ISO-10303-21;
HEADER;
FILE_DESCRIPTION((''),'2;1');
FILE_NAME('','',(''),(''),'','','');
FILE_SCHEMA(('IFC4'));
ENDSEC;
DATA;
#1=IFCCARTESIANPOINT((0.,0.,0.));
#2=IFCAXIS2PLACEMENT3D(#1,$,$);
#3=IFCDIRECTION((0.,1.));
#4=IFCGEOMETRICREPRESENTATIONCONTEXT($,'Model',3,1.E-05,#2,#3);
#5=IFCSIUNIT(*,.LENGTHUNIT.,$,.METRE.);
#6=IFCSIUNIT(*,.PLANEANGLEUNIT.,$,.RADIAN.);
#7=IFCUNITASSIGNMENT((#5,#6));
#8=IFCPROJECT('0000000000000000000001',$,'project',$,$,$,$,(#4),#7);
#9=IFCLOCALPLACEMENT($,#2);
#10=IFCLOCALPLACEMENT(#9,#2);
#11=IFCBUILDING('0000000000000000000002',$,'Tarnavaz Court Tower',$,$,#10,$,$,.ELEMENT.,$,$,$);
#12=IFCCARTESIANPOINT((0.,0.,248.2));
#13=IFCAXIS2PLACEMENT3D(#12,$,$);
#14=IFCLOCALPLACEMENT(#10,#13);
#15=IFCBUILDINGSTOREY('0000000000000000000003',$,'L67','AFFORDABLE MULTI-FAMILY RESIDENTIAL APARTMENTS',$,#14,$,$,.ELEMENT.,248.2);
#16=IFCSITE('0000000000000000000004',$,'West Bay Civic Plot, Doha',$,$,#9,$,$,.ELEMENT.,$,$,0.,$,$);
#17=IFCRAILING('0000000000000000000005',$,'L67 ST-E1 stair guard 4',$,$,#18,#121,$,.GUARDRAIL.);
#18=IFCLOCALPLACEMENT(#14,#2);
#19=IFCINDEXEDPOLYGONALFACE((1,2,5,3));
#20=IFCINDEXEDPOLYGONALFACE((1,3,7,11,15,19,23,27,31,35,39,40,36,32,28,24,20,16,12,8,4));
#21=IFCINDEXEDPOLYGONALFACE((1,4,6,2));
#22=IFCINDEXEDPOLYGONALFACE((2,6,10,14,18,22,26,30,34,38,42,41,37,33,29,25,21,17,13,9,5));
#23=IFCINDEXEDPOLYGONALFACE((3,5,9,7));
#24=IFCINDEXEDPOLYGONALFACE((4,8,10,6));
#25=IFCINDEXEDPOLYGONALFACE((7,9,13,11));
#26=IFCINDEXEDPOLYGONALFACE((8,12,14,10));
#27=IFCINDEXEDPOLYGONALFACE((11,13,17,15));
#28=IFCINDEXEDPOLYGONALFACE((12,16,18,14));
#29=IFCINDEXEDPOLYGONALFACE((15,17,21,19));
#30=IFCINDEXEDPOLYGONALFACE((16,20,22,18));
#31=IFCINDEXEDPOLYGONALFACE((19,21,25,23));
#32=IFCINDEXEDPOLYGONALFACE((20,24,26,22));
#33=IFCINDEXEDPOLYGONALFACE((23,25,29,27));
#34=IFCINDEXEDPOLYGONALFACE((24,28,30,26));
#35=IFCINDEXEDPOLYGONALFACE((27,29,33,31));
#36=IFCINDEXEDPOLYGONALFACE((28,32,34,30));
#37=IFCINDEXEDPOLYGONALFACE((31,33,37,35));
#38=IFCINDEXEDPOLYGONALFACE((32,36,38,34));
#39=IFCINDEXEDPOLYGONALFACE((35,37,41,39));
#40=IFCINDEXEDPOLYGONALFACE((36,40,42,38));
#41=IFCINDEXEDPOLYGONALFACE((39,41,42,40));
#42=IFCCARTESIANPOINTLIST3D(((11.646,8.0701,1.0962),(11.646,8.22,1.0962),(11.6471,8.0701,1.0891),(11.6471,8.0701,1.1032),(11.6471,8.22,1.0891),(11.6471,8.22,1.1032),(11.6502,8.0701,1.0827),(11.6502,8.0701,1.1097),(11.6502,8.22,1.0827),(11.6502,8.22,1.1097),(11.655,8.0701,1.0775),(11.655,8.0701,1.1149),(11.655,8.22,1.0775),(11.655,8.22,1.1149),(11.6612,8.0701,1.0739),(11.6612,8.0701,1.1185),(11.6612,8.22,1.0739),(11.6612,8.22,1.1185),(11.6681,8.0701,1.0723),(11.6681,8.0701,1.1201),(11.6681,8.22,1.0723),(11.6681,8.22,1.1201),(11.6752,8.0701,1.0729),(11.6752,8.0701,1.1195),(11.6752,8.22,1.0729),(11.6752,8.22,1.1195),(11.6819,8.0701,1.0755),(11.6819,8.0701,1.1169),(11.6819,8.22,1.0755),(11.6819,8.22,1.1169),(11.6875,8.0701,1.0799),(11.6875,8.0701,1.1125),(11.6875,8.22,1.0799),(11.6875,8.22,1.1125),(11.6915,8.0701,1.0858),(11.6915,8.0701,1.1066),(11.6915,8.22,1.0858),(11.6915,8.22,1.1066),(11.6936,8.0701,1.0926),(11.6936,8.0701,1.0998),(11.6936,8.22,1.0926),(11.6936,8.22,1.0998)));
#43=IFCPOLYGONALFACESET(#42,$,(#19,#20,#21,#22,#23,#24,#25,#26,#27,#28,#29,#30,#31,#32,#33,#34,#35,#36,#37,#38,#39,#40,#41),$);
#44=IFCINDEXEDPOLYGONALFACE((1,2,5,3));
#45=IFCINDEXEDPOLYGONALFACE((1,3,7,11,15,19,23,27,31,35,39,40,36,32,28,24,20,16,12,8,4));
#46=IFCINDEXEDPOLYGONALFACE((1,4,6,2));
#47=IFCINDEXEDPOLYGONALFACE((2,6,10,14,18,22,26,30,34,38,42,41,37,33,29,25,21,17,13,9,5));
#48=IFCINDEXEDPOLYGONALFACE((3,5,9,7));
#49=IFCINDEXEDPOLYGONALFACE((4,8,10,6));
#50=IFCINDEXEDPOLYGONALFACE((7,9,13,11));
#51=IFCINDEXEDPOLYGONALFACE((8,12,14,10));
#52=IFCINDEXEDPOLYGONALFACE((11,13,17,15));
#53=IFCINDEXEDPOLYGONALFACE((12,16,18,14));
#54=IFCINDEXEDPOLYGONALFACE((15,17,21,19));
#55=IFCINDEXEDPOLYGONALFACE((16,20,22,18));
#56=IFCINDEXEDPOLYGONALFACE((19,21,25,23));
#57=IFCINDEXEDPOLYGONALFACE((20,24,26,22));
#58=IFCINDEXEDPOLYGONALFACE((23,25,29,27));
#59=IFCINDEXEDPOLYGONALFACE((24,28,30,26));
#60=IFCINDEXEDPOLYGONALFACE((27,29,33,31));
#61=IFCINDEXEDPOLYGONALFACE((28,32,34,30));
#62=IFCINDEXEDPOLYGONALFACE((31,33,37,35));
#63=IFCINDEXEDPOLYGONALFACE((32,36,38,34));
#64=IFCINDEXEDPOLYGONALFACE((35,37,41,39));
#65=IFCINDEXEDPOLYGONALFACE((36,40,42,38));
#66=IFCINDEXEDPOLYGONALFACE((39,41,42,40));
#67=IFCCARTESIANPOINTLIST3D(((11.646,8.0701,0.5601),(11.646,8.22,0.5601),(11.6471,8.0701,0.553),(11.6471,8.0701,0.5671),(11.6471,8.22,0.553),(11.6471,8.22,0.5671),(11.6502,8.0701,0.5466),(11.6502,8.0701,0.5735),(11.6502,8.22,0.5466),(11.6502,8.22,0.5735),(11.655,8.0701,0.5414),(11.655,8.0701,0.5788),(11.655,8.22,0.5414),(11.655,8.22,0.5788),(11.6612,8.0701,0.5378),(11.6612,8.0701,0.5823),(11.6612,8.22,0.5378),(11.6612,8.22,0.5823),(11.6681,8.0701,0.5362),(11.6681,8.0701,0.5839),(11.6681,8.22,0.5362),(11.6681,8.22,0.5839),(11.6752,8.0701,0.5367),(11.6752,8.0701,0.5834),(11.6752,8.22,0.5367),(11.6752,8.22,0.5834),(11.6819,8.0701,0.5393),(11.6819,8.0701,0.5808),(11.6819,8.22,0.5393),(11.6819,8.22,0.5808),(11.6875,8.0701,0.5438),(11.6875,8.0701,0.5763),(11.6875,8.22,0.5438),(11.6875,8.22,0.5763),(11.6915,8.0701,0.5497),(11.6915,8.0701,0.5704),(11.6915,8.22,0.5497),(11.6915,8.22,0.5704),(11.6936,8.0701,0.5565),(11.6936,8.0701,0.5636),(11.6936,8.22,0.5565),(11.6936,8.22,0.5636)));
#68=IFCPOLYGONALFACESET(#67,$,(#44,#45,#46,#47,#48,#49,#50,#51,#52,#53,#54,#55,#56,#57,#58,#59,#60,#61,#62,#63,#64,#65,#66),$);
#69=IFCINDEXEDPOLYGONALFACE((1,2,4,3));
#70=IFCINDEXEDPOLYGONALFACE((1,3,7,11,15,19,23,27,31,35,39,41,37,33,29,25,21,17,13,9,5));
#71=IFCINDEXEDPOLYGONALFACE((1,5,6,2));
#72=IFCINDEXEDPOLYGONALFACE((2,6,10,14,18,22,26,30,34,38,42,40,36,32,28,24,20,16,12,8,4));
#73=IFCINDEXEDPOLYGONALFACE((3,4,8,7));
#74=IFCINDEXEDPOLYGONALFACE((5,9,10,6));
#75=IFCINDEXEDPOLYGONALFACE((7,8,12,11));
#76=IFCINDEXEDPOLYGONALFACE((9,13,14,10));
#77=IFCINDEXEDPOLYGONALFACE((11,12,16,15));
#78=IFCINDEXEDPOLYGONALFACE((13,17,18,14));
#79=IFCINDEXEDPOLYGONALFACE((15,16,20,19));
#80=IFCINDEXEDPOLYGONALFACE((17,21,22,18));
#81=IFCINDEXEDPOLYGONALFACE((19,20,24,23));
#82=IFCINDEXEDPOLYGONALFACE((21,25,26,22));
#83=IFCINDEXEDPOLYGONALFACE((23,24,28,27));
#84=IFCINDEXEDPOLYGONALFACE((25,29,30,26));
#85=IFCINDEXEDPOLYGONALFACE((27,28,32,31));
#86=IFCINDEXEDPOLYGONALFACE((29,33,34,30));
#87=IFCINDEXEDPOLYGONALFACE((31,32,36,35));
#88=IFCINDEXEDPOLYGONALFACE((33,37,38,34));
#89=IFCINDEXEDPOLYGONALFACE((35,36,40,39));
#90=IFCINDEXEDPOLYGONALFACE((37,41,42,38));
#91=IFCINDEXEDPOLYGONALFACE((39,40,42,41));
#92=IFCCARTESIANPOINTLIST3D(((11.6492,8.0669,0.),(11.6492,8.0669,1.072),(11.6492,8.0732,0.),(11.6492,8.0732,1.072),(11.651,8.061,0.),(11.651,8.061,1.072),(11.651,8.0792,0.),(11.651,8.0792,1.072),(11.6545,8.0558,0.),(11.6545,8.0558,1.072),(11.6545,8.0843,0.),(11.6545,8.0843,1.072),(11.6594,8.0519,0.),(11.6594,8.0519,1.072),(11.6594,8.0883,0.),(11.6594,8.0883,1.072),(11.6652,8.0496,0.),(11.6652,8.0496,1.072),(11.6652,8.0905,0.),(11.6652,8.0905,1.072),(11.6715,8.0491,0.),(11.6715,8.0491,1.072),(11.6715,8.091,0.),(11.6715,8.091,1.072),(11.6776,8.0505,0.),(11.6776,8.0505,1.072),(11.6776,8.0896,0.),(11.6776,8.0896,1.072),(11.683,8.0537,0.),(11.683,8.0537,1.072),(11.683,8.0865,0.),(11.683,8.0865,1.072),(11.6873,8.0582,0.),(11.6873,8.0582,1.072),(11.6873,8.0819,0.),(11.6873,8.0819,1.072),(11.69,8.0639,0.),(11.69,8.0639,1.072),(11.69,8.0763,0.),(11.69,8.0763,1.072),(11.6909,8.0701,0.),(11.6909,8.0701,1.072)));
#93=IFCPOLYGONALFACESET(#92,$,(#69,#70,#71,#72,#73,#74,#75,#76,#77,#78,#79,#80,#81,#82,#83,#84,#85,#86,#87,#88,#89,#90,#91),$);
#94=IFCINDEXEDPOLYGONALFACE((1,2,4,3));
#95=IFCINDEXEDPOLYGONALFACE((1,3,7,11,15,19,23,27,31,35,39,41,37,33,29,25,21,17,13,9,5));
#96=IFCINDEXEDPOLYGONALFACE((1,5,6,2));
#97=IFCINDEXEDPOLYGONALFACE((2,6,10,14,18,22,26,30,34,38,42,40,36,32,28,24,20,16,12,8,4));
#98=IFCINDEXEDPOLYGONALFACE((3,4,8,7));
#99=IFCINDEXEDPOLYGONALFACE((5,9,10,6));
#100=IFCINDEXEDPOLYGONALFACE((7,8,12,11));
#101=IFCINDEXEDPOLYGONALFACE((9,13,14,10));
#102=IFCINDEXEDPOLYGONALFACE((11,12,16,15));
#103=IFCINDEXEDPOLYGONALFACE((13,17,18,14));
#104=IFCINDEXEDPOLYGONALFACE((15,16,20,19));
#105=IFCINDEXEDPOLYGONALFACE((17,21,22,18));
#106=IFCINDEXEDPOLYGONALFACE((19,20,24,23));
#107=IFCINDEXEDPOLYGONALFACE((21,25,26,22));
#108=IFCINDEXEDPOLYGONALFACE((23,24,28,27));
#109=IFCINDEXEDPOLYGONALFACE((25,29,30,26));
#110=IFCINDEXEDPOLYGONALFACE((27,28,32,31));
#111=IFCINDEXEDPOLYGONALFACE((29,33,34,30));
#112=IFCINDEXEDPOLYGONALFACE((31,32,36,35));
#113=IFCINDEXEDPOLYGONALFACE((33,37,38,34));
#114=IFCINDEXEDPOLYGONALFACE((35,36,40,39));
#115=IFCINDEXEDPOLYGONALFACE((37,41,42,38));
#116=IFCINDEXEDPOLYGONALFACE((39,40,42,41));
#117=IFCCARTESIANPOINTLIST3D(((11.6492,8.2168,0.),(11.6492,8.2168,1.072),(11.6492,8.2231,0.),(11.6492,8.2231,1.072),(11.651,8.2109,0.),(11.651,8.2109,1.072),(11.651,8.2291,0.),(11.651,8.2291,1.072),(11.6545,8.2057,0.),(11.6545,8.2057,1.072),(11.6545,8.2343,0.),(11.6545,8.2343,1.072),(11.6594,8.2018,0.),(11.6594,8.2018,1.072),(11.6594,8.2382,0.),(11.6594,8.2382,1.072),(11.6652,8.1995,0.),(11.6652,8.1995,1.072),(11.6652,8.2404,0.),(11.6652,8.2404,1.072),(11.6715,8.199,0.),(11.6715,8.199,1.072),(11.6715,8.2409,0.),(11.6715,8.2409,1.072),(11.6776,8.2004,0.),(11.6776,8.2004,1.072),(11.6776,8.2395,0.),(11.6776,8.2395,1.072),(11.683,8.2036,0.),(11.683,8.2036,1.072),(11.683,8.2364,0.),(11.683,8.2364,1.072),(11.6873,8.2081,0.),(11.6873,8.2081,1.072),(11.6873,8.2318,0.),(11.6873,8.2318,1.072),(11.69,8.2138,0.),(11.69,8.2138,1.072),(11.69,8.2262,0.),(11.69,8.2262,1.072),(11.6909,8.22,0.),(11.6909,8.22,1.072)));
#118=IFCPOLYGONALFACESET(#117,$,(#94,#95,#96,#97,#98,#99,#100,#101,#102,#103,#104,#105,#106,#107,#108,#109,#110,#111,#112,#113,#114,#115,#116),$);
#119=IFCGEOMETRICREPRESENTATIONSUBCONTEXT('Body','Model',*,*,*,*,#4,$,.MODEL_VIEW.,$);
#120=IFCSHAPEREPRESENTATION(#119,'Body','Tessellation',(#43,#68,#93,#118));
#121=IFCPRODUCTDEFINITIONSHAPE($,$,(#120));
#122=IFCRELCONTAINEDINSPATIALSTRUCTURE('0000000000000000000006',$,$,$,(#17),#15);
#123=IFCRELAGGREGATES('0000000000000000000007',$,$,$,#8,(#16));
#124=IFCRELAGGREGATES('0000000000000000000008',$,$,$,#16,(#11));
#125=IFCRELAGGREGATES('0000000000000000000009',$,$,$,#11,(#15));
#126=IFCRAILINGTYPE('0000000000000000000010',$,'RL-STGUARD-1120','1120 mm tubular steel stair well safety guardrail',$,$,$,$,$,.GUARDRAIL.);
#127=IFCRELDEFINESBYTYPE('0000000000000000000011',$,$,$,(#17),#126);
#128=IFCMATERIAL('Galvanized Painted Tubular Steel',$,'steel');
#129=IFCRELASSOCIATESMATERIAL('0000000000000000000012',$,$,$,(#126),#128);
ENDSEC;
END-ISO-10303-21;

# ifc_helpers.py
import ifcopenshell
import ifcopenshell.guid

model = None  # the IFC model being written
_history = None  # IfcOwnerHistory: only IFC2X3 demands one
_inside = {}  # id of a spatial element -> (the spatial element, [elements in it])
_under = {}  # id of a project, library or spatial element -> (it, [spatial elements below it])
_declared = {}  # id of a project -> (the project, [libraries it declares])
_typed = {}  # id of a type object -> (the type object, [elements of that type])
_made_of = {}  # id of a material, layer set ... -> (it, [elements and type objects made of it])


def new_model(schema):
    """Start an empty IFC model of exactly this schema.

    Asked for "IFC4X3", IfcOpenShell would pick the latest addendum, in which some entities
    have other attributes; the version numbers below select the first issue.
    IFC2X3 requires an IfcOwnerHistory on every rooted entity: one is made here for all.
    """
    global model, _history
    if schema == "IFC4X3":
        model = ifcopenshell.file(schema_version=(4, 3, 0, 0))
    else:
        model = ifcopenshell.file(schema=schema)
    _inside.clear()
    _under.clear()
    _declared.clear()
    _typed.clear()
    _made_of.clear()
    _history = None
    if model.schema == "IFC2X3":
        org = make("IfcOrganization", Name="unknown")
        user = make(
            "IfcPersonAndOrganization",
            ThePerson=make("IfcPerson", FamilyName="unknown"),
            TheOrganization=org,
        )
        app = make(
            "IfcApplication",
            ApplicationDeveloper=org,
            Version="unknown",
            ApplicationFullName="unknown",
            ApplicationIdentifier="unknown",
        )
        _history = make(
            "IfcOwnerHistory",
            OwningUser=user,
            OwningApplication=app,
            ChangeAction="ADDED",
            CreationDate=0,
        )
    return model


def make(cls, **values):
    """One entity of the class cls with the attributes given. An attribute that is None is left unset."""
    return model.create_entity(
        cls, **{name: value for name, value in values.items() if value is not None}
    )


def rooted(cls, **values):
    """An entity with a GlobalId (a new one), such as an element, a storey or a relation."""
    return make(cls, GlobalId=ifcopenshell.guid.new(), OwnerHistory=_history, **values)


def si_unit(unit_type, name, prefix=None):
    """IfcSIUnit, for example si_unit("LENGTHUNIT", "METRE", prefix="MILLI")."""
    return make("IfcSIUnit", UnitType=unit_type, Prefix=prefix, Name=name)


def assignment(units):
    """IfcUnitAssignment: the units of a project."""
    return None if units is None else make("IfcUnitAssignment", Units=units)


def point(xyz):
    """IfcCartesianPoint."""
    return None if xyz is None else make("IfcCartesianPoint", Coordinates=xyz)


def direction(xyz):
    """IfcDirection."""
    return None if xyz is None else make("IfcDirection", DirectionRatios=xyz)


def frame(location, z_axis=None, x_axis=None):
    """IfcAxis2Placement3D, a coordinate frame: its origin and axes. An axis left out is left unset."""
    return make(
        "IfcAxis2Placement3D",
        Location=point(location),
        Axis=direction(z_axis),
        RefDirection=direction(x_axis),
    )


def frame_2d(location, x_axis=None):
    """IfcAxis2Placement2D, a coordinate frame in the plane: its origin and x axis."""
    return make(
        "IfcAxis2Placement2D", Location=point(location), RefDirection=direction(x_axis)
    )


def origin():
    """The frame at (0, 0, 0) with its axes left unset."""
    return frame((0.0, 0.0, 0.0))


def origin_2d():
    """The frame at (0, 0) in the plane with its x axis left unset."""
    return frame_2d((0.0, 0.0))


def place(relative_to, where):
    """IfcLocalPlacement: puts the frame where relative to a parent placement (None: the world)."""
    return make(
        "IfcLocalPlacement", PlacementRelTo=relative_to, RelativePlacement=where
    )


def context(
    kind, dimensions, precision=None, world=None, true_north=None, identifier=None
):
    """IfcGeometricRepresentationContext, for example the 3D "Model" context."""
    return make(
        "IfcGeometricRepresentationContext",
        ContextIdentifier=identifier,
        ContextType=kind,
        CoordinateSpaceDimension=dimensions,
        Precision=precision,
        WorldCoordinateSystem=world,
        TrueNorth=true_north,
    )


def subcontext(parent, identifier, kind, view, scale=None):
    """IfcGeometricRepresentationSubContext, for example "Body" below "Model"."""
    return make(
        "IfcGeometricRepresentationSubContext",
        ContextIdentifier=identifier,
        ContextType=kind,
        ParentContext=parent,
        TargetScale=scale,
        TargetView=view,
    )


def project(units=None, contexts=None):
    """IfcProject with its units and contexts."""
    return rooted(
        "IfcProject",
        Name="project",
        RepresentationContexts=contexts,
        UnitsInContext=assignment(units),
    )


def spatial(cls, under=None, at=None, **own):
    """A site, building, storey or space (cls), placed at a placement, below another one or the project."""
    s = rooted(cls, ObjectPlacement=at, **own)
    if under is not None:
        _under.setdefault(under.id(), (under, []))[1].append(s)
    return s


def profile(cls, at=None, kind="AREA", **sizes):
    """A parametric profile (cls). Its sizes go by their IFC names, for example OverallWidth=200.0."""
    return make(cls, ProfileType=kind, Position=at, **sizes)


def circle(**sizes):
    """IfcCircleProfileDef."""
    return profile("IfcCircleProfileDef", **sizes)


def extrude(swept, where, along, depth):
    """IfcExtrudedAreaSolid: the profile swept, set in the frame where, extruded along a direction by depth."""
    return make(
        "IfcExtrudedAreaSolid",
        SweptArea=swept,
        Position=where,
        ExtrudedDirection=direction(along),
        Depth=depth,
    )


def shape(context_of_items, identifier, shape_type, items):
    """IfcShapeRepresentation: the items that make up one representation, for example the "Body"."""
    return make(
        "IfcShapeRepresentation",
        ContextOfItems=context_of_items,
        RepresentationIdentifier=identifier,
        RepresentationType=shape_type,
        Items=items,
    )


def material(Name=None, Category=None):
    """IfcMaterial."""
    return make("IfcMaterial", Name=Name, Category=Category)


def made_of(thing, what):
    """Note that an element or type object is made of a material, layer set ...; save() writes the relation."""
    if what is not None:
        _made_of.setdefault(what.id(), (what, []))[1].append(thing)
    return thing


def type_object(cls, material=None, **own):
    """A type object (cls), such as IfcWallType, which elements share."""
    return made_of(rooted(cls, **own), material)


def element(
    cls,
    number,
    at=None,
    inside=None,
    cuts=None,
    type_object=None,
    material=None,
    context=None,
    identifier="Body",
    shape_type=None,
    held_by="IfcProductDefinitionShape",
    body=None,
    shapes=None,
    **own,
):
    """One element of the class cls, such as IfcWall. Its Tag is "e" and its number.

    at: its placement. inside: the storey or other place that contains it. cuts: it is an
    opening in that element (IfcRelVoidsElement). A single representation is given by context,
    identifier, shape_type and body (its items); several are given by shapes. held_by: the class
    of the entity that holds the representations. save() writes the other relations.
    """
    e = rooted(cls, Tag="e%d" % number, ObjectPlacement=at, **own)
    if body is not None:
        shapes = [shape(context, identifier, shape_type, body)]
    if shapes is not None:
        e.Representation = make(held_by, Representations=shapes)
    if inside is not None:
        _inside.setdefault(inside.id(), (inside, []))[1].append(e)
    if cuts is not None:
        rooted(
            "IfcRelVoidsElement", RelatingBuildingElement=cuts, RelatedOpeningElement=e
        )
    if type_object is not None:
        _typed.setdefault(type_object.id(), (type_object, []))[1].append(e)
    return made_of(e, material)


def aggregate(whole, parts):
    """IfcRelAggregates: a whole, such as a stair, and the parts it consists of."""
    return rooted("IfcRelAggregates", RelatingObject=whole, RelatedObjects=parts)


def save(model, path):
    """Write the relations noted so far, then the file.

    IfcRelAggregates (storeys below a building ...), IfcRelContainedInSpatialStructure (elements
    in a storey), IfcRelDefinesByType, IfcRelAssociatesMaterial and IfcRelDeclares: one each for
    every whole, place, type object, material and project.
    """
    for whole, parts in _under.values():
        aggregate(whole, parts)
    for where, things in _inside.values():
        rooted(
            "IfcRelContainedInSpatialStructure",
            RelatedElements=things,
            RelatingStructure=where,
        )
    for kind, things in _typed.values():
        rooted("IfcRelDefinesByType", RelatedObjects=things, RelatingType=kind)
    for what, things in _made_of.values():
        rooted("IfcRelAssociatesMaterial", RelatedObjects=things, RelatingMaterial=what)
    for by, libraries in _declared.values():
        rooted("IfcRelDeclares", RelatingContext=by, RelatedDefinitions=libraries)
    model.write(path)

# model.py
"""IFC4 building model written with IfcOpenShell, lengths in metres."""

from ifc_helpers import new_model, si_unit, direction, frame, origin, origin_2d, place, context, subcontext, project, spatial, circle, extrude, material, type_object, element, save


model = new_model("IFC4")

# Units and contexts
model_context = context("Model", 3, precision=1e-05, world=origin(), true_north=direction((0.0, 1.0)))
body_context = subcontext(model_context, "Body", "Model", "MODEL_VIEW")
ifc_project = project(units=[si_unit("LENGTHUNIT", "METRE"), si_unit("PLANEANGLEUNIT", "RADIAN")], contexts=[model_context])

# Site, building, storey
site_placement = place(None, origin())
site = spatial("IfcSite", under=ifc_project, at=site_placement, Name="West Bay Civic Plot, Doha", CompositionType="ELEMENT", RefElevation=0.0)
building_placement = place(site_placement, origin())
building = spatial("IfcBuilding", under=site, at=building_placement, Name="Tarnavaz Court Tower", CompositionType="ELEMENT")
storey_placement = place(building_placement, frame((0.0, 0.0, 248.2)))
storey = spatial("IfcBuildingStorey", under=building, at=storey_placement, Name="L67", Description="AFFORDABLE MULTI-FAMILY RESIDENTIAL APARTMENTS", CompositionType="ELEMENT", Elevation=248.2)

# Railing
ifc_material_1 = material(Name="Galvanized Painted Tubular Steel", Category="steel")
railing_type_1 = type_object("IfcRailingType", Name="RL-STGUARD-1120", Description="1120 mm tubular steel stair well safety guardrail", PredefinedType="GUARDRAIL", material=ifc_material_1)
railing_1_placement = place(storey_placement, frame((11.6699, 8.0701, 0.0)))
element("IfcRailing", 1, at=railing_1_placement, inside=storey, type_object=railing_type_1, Name="L67 ST-E1 stair guard 4", PredefinedType="GUARDRAIL", context=body_context, shape_type="SweptSolid", body=[
    extrude(circle(Radius=0.0239, at=origin_2d()), frame((0.0, 0.0, 1.0962), z_axis=(0.0, 1.0, 0.0), x_axis=(-1.0, 0.0, 0.0)), (0.0, 0.0, 1.0), 0.1499),
    extrude(circle(Radius=0.0239, at=origin_2d()), frame((0.0, 0.0, 0.5601), z_axis=(0.0, 1.0, 0.0), x_axis=(-1.0, 0.0, 0.0)), (0.0, 0.0, 1.0), 0.1499),
    extrude(circle(Radius=0.021, at=origin_2d()), origin(), (0.0, 0.0, 1.0), 1.072),
    extrude(circle(Radius=0.021, at=origin_2d()), frame((0.0, 0.1499, 0.0)), (0.0, 0.0, 1.0), 1.072),
])

save(model, "model.ifc")
